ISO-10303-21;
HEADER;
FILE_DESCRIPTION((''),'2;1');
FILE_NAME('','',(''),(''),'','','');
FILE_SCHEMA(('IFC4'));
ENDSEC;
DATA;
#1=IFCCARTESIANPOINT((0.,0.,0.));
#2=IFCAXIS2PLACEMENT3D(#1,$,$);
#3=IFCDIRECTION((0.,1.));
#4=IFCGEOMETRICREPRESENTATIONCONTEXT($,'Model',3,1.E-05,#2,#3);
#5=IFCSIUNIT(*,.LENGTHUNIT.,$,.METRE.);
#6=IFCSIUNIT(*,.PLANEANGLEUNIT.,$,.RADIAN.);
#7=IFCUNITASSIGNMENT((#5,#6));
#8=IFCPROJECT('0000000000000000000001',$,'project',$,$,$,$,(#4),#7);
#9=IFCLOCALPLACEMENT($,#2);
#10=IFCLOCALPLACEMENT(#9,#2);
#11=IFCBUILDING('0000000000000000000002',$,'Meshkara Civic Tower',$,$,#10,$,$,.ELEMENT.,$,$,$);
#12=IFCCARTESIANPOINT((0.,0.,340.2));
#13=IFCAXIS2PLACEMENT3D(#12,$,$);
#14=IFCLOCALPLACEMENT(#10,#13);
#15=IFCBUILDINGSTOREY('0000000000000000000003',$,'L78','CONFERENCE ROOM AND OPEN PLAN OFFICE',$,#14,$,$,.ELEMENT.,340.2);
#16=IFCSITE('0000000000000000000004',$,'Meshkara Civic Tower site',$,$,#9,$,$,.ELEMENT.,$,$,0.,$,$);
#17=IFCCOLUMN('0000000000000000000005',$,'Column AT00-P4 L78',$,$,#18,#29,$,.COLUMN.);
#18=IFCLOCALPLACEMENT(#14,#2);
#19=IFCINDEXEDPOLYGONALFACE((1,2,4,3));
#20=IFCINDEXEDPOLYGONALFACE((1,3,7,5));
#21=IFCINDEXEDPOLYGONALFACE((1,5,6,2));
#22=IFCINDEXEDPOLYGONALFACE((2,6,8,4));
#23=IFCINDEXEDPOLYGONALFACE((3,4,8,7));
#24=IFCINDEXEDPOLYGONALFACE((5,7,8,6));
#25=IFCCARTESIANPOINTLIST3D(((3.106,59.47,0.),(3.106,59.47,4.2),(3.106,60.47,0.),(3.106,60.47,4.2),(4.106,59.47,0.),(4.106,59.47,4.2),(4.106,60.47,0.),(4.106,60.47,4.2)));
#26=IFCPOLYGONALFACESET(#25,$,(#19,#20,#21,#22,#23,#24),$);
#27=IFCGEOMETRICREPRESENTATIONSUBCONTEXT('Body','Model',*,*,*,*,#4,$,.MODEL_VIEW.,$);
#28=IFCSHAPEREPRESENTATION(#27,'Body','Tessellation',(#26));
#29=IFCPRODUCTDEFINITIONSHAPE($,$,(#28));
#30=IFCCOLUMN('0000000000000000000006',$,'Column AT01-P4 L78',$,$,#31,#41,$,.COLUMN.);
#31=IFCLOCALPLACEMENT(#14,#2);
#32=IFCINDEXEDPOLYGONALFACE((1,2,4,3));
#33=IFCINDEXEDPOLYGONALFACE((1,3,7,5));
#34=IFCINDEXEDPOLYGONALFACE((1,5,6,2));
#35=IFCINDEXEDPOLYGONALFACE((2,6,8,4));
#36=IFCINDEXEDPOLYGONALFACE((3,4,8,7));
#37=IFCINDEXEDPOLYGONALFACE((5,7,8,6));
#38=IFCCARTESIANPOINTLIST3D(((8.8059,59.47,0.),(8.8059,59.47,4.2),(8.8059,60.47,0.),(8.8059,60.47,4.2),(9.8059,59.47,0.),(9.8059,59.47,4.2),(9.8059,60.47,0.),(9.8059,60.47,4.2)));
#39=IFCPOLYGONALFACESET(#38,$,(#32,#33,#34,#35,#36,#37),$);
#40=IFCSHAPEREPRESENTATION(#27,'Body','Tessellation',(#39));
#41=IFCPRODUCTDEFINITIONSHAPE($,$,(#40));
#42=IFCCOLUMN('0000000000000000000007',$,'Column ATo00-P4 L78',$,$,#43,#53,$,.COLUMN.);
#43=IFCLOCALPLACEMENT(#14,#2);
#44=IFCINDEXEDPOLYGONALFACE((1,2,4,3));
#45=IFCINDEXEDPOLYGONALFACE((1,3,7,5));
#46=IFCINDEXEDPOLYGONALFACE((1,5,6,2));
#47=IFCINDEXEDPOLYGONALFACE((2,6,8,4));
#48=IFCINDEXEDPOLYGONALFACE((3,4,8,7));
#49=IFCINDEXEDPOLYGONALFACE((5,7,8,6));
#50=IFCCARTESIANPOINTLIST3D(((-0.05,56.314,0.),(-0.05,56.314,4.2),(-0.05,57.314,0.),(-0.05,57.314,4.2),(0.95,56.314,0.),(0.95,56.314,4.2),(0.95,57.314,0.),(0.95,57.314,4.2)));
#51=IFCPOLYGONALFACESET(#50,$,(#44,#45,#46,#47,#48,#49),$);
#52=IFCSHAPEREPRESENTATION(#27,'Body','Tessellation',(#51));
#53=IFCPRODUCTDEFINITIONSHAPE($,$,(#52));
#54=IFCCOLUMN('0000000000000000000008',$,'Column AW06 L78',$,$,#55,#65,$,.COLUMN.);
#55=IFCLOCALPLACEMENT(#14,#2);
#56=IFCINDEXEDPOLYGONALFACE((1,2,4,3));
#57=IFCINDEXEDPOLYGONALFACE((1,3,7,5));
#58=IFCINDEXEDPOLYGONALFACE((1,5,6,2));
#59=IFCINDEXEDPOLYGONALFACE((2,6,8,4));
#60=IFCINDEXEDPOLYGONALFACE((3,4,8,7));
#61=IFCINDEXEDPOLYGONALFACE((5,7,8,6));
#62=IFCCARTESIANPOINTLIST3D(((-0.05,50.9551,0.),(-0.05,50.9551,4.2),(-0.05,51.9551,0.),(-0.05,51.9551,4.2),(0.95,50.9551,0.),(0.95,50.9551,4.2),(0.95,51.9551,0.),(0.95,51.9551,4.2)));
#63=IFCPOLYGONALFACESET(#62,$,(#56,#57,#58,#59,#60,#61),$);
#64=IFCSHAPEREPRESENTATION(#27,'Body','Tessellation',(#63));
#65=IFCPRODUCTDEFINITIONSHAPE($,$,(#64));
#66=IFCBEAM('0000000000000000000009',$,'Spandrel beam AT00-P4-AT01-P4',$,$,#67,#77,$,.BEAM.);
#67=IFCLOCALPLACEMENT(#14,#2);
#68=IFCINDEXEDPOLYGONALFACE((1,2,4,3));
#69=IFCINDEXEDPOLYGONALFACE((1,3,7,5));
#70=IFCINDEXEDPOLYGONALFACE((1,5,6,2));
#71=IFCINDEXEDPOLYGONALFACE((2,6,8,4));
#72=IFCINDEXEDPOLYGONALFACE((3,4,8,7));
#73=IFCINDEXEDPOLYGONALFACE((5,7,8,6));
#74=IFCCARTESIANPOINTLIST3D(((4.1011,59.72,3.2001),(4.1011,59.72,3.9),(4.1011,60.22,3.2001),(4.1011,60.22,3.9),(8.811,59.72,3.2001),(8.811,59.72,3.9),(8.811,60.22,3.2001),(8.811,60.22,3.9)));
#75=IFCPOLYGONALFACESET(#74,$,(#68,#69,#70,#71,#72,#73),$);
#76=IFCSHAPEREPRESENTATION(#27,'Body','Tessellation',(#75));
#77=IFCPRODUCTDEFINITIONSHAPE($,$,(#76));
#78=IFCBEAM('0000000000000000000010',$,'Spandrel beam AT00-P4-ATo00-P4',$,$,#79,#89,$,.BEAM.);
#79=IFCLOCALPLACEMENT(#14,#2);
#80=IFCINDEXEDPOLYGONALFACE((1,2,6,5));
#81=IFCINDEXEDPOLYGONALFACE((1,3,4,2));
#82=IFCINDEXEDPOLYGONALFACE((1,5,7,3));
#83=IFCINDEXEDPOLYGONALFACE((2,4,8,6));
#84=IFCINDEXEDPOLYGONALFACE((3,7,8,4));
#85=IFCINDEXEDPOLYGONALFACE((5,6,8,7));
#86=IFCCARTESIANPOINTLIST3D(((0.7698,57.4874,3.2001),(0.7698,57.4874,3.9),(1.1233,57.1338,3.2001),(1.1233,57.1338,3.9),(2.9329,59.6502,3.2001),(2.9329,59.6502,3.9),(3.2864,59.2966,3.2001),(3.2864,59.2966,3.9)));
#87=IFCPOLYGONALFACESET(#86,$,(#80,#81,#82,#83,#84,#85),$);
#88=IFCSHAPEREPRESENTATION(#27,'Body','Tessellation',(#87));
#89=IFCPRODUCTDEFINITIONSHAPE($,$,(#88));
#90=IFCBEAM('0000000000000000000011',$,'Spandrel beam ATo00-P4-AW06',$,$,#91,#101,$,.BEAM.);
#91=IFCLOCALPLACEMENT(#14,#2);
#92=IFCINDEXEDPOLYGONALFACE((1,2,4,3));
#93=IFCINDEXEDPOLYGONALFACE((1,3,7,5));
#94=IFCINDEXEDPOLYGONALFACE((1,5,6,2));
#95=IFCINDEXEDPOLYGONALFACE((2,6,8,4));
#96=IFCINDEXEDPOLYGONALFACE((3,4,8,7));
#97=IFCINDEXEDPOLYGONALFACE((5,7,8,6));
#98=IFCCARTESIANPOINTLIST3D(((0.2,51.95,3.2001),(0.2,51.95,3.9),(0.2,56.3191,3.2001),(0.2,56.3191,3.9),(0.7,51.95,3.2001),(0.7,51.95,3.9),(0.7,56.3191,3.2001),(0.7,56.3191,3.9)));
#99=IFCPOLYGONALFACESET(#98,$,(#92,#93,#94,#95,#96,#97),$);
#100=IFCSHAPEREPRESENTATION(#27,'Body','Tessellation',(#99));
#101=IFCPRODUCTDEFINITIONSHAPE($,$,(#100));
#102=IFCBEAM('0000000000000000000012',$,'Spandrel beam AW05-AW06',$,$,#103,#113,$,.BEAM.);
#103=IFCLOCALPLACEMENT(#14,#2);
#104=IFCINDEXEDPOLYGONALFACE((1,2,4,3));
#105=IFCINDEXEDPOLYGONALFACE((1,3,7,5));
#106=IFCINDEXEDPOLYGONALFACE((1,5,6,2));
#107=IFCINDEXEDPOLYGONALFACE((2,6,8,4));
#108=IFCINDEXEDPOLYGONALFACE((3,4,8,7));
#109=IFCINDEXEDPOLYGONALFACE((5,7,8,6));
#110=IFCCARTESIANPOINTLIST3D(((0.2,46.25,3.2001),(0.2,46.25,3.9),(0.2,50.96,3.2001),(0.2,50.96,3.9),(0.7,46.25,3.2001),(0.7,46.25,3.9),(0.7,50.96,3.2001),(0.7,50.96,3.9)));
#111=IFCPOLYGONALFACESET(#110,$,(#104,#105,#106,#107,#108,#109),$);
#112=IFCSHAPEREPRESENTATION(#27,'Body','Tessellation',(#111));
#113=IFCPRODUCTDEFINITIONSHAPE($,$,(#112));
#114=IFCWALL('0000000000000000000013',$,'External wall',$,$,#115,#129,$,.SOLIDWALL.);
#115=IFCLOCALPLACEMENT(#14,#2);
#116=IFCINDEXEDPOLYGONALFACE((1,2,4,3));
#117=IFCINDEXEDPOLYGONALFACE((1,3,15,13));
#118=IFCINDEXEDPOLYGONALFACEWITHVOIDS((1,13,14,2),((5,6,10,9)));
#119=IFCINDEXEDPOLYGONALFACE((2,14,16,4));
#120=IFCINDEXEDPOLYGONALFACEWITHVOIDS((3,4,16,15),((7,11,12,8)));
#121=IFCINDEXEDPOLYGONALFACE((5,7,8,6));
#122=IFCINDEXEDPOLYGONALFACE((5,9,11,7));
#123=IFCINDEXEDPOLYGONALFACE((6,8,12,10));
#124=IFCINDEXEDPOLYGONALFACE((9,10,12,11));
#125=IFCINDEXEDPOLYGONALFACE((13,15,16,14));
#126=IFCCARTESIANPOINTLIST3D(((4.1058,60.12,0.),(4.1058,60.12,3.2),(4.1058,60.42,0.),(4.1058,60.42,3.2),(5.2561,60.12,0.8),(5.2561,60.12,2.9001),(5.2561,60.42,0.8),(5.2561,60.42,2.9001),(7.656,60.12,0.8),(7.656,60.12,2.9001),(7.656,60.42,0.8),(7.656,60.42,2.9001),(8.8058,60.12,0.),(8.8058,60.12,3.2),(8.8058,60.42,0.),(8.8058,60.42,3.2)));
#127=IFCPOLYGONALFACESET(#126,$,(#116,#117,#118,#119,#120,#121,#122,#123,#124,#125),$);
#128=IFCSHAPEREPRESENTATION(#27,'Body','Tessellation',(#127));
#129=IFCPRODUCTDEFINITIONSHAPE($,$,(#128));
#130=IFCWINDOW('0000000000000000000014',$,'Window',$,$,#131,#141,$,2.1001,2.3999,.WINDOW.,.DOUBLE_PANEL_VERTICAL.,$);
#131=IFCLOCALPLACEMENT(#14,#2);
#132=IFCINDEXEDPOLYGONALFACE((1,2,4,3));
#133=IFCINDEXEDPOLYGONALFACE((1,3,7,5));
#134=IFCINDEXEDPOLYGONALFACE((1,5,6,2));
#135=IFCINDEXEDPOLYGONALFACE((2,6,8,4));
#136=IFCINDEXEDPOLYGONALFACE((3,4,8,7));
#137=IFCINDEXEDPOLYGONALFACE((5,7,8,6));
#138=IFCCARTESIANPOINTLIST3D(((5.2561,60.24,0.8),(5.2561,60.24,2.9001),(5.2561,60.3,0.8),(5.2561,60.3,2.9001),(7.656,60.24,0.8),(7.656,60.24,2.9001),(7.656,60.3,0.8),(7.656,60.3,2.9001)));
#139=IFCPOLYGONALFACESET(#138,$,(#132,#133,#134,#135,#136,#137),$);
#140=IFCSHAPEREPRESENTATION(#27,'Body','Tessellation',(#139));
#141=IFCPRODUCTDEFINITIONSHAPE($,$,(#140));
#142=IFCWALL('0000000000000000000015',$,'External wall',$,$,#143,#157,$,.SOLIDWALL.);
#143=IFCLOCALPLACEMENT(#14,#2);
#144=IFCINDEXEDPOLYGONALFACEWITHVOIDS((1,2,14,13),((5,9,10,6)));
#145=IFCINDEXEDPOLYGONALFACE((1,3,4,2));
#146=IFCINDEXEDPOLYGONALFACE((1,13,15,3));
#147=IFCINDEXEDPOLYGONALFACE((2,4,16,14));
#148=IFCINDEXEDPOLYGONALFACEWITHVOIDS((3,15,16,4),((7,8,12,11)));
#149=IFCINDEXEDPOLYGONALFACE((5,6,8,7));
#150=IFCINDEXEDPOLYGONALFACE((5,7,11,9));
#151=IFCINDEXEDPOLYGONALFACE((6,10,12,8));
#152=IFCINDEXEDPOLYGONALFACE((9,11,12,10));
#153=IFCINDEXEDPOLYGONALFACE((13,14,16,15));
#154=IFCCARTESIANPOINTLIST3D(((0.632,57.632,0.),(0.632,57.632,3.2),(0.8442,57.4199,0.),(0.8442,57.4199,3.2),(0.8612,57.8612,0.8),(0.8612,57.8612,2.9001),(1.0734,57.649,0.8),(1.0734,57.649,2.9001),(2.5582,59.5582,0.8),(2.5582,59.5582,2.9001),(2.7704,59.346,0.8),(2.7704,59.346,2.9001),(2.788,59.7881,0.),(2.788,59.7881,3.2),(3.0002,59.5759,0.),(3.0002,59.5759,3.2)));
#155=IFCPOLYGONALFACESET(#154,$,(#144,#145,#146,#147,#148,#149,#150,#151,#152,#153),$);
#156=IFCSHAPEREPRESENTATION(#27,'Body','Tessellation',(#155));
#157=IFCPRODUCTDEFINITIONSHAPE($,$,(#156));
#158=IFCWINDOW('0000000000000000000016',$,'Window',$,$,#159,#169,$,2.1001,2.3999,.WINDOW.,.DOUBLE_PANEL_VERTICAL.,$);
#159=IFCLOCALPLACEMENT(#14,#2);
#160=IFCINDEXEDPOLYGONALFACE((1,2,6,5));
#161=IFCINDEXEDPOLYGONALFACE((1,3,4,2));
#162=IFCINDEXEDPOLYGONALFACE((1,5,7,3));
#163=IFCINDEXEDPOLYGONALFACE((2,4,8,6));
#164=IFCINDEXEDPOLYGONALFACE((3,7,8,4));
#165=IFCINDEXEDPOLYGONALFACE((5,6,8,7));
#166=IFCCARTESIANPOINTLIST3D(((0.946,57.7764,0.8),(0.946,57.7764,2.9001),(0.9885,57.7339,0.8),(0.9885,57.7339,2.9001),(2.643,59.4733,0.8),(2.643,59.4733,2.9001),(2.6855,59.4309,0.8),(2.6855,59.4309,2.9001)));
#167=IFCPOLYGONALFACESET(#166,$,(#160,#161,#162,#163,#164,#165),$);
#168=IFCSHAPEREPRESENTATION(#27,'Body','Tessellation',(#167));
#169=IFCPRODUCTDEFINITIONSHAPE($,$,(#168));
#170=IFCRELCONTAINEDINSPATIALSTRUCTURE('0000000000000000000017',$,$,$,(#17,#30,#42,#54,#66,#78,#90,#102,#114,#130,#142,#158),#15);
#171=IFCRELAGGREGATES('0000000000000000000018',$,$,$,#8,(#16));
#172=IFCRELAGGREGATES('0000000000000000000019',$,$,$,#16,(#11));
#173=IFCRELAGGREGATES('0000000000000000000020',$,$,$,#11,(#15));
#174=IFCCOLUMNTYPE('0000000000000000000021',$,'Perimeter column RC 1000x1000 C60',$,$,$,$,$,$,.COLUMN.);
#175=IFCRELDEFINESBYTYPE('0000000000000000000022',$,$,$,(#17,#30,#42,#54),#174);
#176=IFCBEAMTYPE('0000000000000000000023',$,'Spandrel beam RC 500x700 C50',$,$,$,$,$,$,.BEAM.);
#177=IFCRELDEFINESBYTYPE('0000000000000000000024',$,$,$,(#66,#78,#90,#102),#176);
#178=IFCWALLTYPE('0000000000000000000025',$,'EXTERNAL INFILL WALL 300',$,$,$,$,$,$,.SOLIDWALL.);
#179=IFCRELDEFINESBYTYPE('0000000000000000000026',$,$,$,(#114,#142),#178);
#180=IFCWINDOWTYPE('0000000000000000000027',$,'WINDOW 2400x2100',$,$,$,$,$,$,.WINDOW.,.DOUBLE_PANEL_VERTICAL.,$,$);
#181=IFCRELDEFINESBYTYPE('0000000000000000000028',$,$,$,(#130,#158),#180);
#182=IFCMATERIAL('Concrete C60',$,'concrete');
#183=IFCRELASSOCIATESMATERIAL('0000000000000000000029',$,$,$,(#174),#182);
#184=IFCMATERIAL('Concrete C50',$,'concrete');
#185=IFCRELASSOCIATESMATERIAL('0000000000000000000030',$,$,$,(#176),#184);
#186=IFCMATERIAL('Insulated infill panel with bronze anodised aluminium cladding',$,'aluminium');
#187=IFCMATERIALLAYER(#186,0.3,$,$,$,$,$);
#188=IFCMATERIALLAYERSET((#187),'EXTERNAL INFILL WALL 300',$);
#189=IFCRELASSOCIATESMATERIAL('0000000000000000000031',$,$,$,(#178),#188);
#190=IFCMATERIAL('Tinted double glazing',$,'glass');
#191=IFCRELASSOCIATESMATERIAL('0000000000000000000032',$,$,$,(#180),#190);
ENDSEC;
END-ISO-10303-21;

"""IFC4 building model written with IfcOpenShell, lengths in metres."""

from ifc_helpers import new_model, si_unit, direction, frame, frame_2d, origin, origin_2d, place, context, subcontext, project, spatial, rectangle, extrude, material, layer, layer_set, material_profile, profile_set, type_object, element, fill, save


model = new_model("IFC4")

# Units and contexts
model_context = context("Model", 3, precision=1e-05, world=origin(), true_north=direction((0.0, 1.0)))
body_context = subcontext(model_context, "Body", "Model", "MODEL_VIEW")
ifc_project = project(units=[si_unit("LENGTHUNIT", "METRE"), si_unit("PLANEANGLEUNIT", "RADIAN")], contexts=[model_context])

# Site, building, storey
site_placement = place(None, origin())
site = spatial("IfcSite", under=ifc_project, at=site_placement, Name="Meshkara Civic Tower site", CompositionType="ELEMENT", RefElevation=0.0)
building_placement = place(site_placement, origin())
building = spatial("IfcBuilding", under=site, at=building_placement, Name="Meshkara Civic Tower", CompositionType="ELEMENT")
storey_placement = place(building_placement, frame((0.0, 0.0, 340.2)))
storey = spatial("IfcBuildingStorey", under=building, at=storey_placement, Name="L78", Description="CONFERENCE ROOM AND OPEN PLAN OFFICE", CompositionType="ELEMENT", Elevation=340.2)

# Columns
ifc_material_1 = material(Name="Concrete C60", Category="concrete")
ifc_material_profile_1 = material_profile(ifc_material_1, rectangle(XDim=1.0, YDim=1.0, at=origin_2d()))
ifc_profile_set_1 = profile_set([ifc_material_profile_1], Name="Concrete C60")
column_type = type_object("IfcColumnType", Name="Perimeter column RC 1000x1000 C60", PredefinedType="COLUMN", material=ifc_profile_set_1)
for number, where, z_axis, x_axis, name in (
    (1, (3.606, 59.97, 0.0), (0.0, 0.0, 1.0), (1.0, 0.0, 0.0), "Column AT00-P4 L78"),
    (2, (9.3059, 59.97, 0.0), (0.0, 0.0, 1.0), (1.0, 0.0, 0.0), "Column AT01-P4 L78"),
    (3, (0.45, 56.814, 0.0), (0.0, 0.0, 1.0), (1.0, 0.0, 0.0), "Column ATo00-P4 L78"),
    (4, (0.45, 51.4551, 0.0), (0.0, 0.0, 1.0), (1.0, 0.0, 0.0), "Column AW06 L78"),
):
    element("IfcColumn", number, at=place(storey_placement, frame(where, z_axis=z_axis, x_axis=x_axis)), inside=storey, type_object=column_type, Name=name, PredefinedType="COLUMN", context=body_context, shape_type="SweptSolid", body=[
        extrude(rectangle(XDim=1.0, YDim=1.0, at=origin_2d()), origin(), (0.0, 0.0, 1.0), 4.2),
    ])

# Beams
ifc_material_2 = material(Name="Concrete C50", Category="concrete")
ifc_material_profile_2 = material_profile(ifc_material_2, rectangle(XDim=0.5, YDim=0.7, at=origin_2d()))
ifc_profile_set_2 = profile_set([ifc_material_profile_2], Name="Concrete C50")
beam_type = type_object("IfcBeamType", Name="Spandrel beam RC 500x700 C50", PredefinedType="BEAM", material=ifc_profile_set_2)
beam_1_placement = place(storey_placement, frame((8.811, 59.97, 3.55), z_axis=(-1.0, 0.0, 0.0), x_axis=(0.0, -1.0, 0.0)))
element("IfcBeam", 5, at=beam_1_placement, inside=storey, type_object=beam_type, Name="Spandrel beam AT00-P4-AT01-P4", PredefinedType="BEAM", context=body_context, shape_type="SweptSolid", body=[
    extrude(rectangle(XDim=0.5, YDim=0.7, at=origin_2d()), origin(), (0.0, 0.0, 1.0), 4.71),
])
beam_2_placement = place(storey_placement, frame((3.1096, 59.4734, 3.55), z_axis=(-0.707147, -0.707067, 0.0), x_axis=(0.707067, -0.707147, 0.0)))
element("IfcBeam", 6, at=beam_2_placement, inside=storey, type_object=beam_type, Name="Spandrel beam AT00-P4-ATo00-P4", PredefinedType="BEAM", context=body_context, shape_type="SweptSolid", body=[
    extrude(rectangle(XDim=0.5, YDim=0.7, at=origin_2d()), origin(), (0.0, 0.0, 1.0), 3.0588),
])
beam_3_placement = place(storey_placement, frame((0.45, 56.3191, 3.55), z_axis=(0.0, -1.0, 0.0), x_axis=(1.0, 0.0, 0.0)))
element("IfcBeam", 7, at=beam_3_placement, inside=storey, type_object=beam_type, Name="Spandrel beam ATo00-P4-AW06", PredefinedType="BEAM", context=body_context, shape_type="SweptSolid", body=[
    extrude(rectangle(XDim=0.5, YDim=0.7, at=origin_2d()), origin(), (0.0, 0.0, 1.0), 4.3691),
])
beam_4_placement = place(storey_placement, frame((0.45, 50.96, 3.55), z_axis=(0.0, -1.0, 0.0), x_axis=(1.0, 0.0, 0.0)))
element("IfcBeam", 8, at=beam_4_placement, inside=storey, type_object=beam_type, Name="Spandrel beam AW05-AW06", PredefinedType="BEAM", context=body_context, shape_type="SweptSolid", body=[
    extrude(rectangle(XDim=0.5, YDim=0.7, at=origin_2d()), origin(), (0.0, 0.0, 1.0), 4.71),
])

# Walls, openings, windows
ifc_material_3 = material(Name="Insulated infill panel with bronze anodised aluminium cladding", Category="aluminium")
ifc_layer_1 = layer(ifc_material_3, 0.3)
ifc_layer_set_1 = layer_set([ifc_layer_1], Name="EXTERNAL INFILL WALL 300")
wall_type_1 = type_object("IfcWallType", Name="EXTERNAL INFILL WALL 300", PredefinedType="SOLIDWALL", material=ifc_layer_set_1)
wall_1_placement = place(storey_placement, frame((8.8059, 60.27, 0.0), z_axis=(0.0, 0.0, 1.0), x_axis=(-1.0, 0.0, 0.0)))
wall_1 = element("IfcWall", 9, at=wall_1_placement, inside=storey, type_object=wall_type_1, Name="External wall", PredefinedType="SOLIDWALL", context=body_context, shape_type="SweptSolid", body=[
    extrude(rectangle(XDim=4.7, YDim=0.3, at=frame_2d((2.3501, 0.0))), origin(), (0.0, 0.0, 1.0), 3.2),
])
opening_1_placement = place(wall_1_placement, frame((1.1499, 0.0, 0.8)))
opening_1 = element("IfcOpeningElement", 10, at=opening_1_placement, cuts=wall_1, PredefinedType="OPENING", context=body_context, shape_type="SweptSolid", body=[
    extrude(rectangle(XDim=2.3999, YDim=2.1001, at=frame_2d((1.2, 1.05))), frame((0.0, 0.1599, 0.0), z_axis=(0.0, -1.0, 0.0), x_axis=(1.0, 0.0, 0.0)), (0.0, 0.0, 1.0), 0.3201),
])
ifc_material_4 = material(Name="Tinted double glazing", Category="glass")
window_type = type_object("IfcWindowType", Name="WINDOW 2400x2100", PartitioningType="DOUBLE_PANEL_VERTICAL", PredefinedType="WINDOW", material=ifc_material_4)
window_1_placement = place(opening_1_placement, origin())
window_1 = element("IfcWindow", 11, at=window_1_placement, inside=storey, type_object=window_type, Name="Window", OverallHeight=2.1001, OverallWidth=2.3999, PartitioningType="DOUBLE_PANEL_VERTICAL", PredefinedType="WINDOW", context=body_context, shape_type="SweptSolid", body=[
    extrude(rectangle(XDim=2.3999, YDim=2.1001, at=frame_2d((1.2, 1.05))), frame((0.0, 0.03, 0.0), z_axis=(0.0, -1.0, 0.0), x_axis=(1.0, 0.0, 0.0)), (0.0, 0.0, 1.0), 0.0601),
])
fill(opening_1, window_1)
wall_2_placement = place(storey_placement, frame((2.894, 59.6819, 0.0), z_axis=(0.0, 0.0, 1.0), x_axis=(-0.707107, -0.707107, 0.0)))
wall_2 = element("IfcWall", 12, at=wall_2_placement, inside=storey, type_object=wall_type_1, Name="External wall", PredefinedType="SOLIDWALL", context=body_context, shape_type="SweptSolid", body=[
    extrude(rectangle(XDim=3.0491, YDim=0.3, at=frame_2d((1.5244, 0.0))), origin(), (0.0, 0.0, 1.0), 3.2),
])
opening_2_placement = place(wall_2_placement, frame((0.325, 0.0, 0.8)))
opening_2 = element("IfcOpeningElement", 13, at=opening_2_placement, cuts=wall_2, PredefinedType="OPENING", context=body_context, shape_type="SweptSolid", body=[
    extrude(rectangle(XDim=2.3999, YDim=2.1001, at=frame_2d((1.2, 1.05))), frame((0.0, 0.1599, 0.0), z_axis=(0.0, -1.0, 0.0), x_axis=(1.0, 0.0, 0.0)), (0.0, 0.0, 1.0), 0.3201),
])
window_2_placement = place(opening_2_placement, origin())
window_2 = element("IfcWindow", 14, at=window_2_placement, inside=storey, type_object=window_type, Name="Window", OverallHeight=2.1001, OverallWidth=2.3999, PartitioningType="DOUBLE_PANEL_VERTICAL", PredefinedType="WINDOW", context=body_context, shape_type="SweptSolid", body=[
    extrude(rectangle(XDim=2.3999, YDim=2.1001, at=frame_2d((1.2, 1.05))), frame((0.0, 0.03, 0.0), z_axis=(0.0, -1.0, 0.0), x_axis=(1.0, 0.0, 0.0)), (0.0, 0.0, 1.0), 0.0601),
])
fill(opening_2, window_2)

save(model, "model.ifc")
